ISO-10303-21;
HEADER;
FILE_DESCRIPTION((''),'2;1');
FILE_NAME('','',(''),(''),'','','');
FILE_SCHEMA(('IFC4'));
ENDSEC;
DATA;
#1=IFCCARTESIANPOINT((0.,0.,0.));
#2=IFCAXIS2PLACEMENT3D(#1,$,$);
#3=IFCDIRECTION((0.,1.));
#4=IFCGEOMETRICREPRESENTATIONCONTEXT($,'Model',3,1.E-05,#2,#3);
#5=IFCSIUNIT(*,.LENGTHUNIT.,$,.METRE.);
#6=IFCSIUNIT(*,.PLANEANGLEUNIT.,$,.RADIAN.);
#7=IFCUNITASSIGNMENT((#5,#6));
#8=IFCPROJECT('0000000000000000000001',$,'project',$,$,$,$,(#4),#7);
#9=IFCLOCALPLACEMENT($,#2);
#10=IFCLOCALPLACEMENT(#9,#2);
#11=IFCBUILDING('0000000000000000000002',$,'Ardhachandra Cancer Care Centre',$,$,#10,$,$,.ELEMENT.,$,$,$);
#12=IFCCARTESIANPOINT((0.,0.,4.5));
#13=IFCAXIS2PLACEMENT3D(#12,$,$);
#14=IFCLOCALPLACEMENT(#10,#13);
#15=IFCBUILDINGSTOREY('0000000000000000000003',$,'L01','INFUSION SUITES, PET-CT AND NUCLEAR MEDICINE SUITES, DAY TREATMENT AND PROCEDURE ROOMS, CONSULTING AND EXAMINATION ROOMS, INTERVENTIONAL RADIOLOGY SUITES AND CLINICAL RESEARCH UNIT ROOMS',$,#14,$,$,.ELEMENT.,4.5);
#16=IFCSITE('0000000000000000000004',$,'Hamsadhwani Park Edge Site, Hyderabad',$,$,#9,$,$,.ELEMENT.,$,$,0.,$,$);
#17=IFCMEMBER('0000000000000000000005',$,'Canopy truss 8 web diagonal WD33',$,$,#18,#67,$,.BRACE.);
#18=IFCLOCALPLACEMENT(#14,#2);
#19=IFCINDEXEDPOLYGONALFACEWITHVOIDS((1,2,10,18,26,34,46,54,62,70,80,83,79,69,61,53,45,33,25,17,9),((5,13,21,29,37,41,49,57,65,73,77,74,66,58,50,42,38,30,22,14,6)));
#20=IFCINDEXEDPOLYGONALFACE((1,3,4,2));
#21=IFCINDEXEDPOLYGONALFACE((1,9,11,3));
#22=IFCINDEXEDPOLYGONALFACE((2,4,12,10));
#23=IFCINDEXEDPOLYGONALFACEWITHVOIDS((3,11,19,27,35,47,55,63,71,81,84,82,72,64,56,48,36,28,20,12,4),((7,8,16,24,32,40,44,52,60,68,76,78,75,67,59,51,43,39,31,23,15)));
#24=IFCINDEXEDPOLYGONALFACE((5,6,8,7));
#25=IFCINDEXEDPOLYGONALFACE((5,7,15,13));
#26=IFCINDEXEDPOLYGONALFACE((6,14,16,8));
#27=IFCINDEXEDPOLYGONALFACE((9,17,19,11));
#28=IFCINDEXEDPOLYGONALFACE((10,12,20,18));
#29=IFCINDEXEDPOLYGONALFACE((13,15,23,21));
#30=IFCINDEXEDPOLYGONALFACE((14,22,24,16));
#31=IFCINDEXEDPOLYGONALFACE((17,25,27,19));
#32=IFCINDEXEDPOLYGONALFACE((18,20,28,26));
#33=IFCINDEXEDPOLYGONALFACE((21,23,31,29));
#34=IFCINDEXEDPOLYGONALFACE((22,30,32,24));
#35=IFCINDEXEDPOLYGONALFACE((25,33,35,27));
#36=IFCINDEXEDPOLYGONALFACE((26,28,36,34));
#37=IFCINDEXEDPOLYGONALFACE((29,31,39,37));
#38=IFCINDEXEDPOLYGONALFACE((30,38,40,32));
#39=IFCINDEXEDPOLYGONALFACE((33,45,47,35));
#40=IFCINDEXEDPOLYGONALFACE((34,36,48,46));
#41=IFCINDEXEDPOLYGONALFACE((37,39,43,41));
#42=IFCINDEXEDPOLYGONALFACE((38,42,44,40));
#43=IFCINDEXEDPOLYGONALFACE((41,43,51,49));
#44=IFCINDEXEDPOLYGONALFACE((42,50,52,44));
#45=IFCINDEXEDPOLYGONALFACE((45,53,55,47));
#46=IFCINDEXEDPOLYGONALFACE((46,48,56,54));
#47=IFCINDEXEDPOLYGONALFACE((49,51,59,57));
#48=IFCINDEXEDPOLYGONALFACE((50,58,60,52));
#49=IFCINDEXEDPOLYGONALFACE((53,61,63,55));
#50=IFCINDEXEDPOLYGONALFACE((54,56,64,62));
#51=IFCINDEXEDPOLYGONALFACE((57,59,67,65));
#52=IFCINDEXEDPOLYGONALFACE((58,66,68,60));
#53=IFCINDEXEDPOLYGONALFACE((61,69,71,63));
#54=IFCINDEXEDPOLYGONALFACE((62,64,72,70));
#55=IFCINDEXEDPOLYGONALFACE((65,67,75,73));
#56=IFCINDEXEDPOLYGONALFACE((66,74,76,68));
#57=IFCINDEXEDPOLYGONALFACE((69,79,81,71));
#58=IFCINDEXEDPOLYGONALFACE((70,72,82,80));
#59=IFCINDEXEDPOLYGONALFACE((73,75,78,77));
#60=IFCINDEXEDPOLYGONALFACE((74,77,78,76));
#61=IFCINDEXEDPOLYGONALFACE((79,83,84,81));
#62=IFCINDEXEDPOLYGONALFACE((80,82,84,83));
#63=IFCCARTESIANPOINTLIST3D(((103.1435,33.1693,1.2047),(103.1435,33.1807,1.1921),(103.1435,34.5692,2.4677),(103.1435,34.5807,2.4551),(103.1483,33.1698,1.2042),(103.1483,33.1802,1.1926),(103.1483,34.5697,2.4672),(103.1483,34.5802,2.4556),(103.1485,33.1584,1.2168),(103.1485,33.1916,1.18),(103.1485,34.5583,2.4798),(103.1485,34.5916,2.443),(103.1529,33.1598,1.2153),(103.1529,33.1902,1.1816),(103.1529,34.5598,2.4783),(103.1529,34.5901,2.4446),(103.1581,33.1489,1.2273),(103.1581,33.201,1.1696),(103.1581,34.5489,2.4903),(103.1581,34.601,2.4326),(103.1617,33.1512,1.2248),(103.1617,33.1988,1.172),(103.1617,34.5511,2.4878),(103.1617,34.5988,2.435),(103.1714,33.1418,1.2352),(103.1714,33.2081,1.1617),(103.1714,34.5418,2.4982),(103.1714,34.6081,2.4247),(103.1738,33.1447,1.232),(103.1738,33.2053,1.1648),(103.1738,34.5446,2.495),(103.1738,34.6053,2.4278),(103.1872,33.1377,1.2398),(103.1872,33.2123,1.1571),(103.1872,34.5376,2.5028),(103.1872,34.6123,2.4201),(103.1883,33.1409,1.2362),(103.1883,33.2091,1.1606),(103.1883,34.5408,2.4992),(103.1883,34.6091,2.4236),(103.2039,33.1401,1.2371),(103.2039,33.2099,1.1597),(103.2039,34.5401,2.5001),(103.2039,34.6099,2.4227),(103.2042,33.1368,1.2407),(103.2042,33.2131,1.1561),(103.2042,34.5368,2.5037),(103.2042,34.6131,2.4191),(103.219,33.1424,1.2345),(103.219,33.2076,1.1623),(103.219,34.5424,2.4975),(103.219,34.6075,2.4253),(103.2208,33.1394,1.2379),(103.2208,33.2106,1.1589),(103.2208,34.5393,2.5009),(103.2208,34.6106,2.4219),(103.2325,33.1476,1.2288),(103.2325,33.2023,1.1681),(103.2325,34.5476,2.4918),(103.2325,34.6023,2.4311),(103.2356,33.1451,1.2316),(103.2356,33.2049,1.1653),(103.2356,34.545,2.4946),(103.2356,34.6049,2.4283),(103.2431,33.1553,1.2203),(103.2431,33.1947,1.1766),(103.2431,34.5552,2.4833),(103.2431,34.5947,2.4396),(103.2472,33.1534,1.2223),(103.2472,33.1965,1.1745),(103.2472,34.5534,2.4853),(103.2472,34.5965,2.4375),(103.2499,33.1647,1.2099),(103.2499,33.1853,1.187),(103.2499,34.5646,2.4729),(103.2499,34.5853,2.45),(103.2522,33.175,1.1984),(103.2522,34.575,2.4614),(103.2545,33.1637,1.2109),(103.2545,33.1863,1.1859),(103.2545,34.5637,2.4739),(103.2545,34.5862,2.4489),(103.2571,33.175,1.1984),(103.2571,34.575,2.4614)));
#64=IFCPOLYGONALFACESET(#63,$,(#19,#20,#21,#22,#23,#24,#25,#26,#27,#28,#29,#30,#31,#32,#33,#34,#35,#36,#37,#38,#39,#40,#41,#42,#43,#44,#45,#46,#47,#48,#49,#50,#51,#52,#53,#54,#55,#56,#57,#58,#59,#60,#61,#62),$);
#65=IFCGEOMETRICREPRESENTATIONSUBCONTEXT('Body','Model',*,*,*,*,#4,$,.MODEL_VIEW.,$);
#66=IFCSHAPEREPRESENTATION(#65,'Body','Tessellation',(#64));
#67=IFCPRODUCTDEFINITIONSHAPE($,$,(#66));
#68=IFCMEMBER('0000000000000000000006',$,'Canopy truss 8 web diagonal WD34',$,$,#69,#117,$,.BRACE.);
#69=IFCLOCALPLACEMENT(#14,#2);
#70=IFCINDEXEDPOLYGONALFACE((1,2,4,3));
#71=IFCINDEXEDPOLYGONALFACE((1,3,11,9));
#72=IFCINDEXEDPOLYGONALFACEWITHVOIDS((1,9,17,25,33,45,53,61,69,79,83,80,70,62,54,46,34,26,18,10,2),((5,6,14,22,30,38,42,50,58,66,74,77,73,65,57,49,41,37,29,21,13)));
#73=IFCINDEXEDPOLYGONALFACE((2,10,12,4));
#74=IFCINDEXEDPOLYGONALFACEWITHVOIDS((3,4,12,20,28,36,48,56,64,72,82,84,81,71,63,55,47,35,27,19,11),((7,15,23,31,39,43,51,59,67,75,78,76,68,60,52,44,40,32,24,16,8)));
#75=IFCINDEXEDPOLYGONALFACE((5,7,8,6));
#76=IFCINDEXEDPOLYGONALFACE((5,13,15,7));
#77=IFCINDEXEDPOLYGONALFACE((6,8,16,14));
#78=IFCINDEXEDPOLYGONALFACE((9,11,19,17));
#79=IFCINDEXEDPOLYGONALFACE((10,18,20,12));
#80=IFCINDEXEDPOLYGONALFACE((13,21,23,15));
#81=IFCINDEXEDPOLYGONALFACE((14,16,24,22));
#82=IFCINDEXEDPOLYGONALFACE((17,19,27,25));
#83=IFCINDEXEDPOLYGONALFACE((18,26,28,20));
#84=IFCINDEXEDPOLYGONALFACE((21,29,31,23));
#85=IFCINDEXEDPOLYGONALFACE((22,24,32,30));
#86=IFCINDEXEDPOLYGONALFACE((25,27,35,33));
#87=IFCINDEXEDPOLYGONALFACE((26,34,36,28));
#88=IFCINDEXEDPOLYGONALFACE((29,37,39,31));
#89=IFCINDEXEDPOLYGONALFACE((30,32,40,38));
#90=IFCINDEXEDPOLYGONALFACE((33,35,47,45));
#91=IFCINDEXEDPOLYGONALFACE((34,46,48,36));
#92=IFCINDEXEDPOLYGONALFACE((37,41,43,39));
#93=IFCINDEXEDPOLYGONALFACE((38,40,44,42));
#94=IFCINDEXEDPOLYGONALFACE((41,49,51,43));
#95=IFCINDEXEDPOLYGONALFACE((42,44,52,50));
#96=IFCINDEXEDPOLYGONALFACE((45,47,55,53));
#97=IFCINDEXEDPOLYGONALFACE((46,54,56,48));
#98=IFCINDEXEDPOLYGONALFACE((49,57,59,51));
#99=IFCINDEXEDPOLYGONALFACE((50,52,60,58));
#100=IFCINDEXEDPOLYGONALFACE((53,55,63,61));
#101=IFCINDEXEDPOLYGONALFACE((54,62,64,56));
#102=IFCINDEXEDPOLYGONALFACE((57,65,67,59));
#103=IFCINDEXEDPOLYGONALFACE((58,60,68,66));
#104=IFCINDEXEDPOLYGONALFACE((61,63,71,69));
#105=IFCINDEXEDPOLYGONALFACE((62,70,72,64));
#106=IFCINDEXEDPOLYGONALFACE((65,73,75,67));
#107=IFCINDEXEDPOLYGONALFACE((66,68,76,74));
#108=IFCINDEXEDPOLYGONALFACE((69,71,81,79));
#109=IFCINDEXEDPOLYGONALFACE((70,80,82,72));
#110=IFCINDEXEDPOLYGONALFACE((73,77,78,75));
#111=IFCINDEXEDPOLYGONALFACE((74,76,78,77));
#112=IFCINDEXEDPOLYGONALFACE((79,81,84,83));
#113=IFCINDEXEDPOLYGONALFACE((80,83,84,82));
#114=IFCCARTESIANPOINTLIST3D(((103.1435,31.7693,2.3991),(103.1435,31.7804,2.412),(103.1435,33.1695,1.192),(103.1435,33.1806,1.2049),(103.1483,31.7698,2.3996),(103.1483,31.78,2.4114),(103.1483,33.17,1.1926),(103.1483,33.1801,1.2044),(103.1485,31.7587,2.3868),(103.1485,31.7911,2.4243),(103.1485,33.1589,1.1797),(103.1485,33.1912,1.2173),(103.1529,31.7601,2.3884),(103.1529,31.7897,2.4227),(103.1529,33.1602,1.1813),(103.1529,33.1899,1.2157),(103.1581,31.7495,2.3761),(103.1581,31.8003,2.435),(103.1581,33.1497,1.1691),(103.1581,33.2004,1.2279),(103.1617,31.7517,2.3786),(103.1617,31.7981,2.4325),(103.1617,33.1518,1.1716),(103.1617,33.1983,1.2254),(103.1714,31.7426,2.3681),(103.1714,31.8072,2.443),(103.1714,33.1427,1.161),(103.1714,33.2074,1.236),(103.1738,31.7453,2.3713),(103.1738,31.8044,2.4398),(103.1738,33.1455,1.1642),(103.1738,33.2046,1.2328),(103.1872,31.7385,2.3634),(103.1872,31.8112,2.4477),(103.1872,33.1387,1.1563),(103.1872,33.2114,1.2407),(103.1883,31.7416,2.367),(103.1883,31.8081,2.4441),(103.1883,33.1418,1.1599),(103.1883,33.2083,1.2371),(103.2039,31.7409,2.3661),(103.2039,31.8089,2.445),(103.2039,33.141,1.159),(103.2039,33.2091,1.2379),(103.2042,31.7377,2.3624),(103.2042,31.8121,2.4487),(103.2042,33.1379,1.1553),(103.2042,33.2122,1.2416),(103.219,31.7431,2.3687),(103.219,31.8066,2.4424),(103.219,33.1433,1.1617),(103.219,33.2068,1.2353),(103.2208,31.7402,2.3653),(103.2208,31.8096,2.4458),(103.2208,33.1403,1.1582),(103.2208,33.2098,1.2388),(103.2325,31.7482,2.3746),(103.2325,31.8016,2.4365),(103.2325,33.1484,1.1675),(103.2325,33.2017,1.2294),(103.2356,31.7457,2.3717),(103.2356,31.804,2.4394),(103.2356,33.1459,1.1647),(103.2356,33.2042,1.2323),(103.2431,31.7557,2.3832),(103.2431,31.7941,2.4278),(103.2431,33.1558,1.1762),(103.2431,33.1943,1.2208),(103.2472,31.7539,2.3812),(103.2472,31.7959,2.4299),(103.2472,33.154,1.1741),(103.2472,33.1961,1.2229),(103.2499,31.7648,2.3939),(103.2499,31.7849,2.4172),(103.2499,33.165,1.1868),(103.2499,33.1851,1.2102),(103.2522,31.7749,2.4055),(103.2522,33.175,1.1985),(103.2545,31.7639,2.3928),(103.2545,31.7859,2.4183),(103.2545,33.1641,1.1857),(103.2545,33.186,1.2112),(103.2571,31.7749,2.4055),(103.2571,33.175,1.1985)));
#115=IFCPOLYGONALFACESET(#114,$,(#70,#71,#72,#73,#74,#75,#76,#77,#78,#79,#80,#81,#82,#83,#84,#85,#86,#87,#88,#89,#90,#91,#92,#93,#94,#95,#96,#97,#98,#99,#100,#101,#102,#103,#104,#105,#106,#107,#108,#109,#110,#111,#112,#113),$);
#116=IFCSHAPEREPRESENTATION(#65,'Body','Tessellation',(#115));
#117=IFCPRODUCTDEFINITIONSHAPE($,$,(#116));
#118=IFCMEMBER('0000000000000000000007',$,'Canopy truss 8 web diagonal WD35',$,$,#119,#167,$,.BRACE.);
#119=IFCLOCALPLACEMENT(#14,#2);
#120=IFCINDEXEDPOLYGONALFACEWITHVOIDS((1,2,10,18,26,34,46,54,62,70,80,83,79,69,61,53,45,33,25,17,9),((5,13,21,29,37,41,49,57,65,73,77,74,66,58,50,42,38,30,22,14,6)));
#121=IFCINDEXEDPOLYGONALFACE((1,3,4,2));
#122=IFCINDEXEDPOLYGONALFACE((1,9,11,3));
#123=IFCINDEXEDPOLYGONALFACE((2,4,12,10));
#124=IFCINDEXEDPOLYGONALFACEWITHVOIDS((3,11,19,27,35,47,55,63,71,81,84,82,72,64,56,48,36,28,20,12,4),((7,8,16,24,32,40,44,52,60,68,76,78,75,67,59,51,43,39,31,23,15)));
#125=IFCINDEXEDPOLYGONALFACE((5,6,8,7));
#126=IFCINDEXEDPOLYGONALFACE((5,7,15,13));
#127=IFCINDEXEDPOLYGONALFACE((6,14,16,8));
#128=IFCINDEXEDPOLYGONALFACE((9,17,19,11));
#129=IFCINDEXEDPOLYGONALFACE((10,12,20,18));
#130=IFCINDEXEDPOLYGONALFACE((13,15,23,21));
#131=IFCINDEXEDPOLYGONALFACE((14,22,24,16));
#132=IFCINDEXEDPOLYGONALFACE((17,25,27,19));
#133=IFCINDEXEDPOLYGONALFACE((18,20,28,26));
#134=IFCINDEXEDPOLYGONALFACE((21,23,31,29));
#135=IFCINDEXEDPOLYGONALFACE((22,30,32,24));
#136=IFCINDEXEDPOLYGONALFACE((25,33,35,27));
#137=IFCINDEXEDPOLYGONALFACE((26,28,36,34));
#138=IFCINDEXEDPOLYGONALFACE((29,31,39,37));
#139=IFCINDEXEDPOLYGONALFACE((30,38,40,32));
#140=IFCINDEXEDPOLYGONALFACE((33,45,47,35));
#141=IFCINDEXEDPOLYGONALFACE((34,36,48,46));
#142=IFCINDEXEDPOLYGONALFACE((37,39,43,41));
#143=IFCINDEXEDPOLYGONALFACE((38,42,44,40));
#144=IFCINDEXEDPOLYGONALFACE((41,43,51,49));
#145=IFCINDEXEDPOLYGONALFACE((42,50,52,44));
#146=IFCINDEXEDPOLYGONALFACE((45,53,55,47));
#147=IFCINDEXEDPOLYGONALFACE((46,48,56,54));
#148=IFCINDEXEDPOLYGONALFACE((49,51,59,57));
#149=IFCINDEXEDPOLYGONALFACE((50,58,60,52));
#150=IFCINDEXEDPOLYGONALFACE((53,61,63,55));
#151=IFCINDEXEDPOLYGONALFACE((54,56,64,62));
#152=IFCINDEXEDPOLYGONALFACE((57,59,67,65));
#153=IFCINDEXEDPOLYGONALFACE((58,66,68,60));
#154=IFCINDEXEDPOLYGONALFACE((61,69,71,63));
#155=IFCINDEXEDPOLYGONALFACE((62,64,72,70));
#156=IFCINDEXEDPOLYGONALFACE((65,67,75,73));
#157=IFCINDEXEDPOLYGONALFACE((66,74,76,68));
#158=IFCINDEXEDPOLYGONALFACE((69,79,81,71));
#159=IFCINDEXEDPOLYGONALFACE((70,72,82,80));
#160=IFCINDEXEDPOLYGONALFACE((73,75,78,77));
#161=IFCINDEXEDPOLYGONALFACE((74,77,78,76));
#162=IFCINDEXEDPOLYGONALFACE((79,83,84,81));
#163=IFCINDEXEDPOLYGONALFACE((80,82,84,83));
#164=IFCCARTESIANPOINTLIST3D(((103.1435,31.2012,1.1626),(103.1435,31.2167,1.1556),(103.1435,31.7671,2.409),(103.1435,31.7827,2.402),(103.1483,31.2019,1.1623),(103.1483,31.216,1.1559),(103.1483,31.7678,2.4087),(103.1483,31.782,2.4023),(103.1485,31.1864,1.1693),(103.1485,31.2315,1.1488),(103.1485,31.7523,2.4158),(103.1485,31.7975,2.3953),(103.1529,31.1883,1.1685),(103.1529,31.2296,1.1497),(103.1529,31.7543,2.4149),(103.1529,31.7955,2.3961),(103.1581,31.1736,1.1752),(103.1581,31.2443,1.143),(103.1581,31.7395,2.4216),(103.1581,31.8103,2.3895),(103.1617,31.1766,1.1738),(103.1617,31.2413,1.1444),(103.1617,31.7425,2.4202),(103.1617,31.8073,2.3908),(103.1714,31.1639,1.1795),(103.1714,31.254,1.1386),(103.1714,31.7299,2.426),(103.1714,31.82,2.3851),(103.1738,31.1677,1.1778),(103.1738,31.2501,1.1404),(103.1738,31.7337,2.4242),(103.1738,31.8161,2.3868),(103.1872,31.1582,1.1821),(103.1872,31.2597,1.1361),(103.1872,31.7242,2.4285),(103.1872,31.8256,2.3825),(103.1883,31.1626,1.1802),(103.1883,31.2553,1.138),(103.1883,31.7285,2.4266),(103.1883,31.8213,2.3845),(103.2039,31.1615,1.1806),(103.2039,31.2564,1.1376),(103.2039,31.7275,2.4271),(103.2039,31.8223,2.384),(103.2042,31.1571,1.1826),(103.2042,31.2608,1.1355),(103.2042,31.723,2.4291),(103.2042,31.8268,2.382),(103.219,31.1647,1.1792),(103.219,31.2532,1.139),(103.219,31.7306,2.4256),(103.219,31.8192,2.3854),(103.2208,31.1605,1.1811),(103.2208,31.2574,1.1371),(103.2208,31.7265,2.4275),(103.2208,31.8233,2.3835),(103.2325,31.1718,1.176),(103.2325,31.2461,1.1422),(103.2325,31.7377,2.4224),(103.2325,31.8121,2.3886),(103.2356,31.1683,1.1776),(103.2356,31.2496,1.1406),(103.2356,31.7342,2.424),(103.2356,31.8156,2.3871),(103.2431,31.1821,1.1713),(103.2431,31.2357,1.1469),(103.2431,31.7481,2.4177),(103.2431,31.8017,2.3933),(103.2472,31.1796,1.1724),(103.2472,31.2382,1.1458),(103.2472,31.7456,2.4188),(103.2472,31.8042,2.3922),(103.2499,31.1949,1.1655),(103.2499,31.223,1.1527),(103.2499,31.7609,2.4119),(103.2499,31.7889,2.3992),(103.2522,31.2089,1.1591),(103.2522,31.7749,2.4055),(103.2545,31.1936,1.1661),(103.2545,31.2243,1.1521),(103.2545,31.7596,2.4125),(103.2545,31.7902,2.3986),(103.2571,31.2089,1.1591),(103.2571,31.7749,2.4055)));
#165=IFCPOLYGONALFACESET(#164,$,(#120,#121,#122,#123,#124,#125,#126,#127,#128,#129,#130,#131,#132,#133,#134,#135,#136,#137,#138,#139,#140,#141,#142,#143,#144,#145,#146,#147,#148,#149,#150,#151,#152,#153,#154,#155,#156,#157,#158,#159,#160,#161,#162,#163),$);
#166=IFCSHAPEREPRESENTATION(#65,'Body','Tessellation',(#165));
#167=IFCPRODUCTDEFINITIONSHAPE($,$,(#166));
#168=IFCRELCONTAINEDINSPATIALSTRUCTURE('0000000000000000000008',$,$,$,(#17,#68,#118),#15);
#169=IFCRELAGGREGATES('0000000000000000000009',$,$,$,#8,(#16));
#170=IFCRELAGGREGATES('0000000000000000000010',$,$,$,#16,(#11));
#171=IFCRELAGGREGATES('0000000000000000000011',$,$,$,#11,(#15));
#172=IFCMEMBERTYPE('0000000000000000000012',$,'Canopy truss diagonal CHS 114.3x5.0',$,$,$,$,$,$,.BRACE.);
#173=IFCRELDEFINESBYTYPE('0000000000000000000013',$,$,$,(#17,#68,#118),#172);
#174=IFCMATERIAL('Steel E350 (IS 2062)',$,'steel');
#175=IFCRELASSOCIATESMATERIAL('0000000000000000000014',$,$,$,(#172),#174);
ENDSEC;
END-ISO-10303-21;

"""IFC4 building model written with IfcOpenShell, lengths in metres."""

from ifc_helpers import new_model, si_unit, direction, frame, origin, origin_2d, place, context, subcontext, project, spatial, hollow_circle, extrude, material, material_profile, profile_set, type_object, element, save


model = new_model("IFC4")

# Units and contexts
model_context = context("Model", 3, precision=1e-05, world=origin(), true_north=direction((0.0, 1.0)))
body_context = subcontext(model_context, "Body", "Model", "MODEL_VIEW")
ifc_project = project(units=[si_unit("LENGTHUNIT", "METRE"), si_unit("PLANEANGLEUNIT", "RADIAN")], contexts=[model_context])

# Site, building, storey
site_placement = place(None, origin())
site = spatial("IfcSite", under=ifc_project, at=site_placement, Name="Hamsadhwani Park Edge Site, Hyderabad", CompositionType="ELEMENT", RefElevation=0.0)
building_placement = place(site_placement, origin())
building = spatial("IfcBuilding", under=site, at=building_placement, Name="Ardhachandra Cancer Care Centre", CompositionType="ELEMENT")
storey_placement = place(building_placement, frame((0.0, 0.0, 4.5)))
storey = spatial("IfcBuildingStorey", under=building, at=storey_placement, Name="L01", Description="INFUSION SUITES, PET-CT AND NUCLEAR MEDICINE SUITES, DAY TREATMENT AND PROCEDURE ROOMS, CONSULTING AND EXAMINATION ROOMS, INTERVENTIONAL RADIOLOGY SUITES AND CLINICAL RESEARCH UNIT ROOMS", CompositionType="ELEMENT", Elevation=4.5)

# Members
ifc_material_1 = material(Name="Steel E350 (IS 2062)", Category="steel")
ifc_material_profile_1 = material_profile(ifc_material_1, hollow_circle(Radius=0.0571, WallThickness=0.0049, at=origin_2d()), Name="CHS 114.3x5.0")
ifc_profile_set_1 = profile_set([ifc_material_profile_1], Name="Steel E350 (IS 2062)")
member_type_1 = type_object("IfcMemberType", Name="Canopy truss diagonal CHS 114.3x5.0", PredefinedType="BRACE", material=ifc_profile_set_1)
member_1_placement = place(storey_placement, frame((103.2, 34.575, 2.4614), z_axis=(0.0, -0.742495, -0.669851), x_axis=(1.0, 0.0, 0.0)))
element("IfcMember", 1, at=member_1_placement, inside=storey, type_object=member_type_1, Name="Canopy truss 8 web diagonal WD33", PredefinedType="BRACE", context=body_context, shape_type="SweptSolid", body=[
    extrude(hollow_circle(Radius=0.0571, WallThickness=0.0049, at=origin_2d()), origin(), (0.0, 0.0, 1.0), 1.8855),
])
member_2_placement = place(storey_placement, frame((103.2, 33.175, 1.1985), z_axis=(0.0, -0.757408, 0.652942), x_axis=(1.0, 0.0, 0.0)))
element("IfcMember", 2, at=member_2_placement, inside=storey, type_object=member_type_1, Name="Canopy truss 8 web diagonal WD34", PredefinedType="BRACE", context=body_context, shape_type="SweptSolid", body=[
    extrude(hollow_circle(Radius=0.0571, WallThickness=0.0049, at=origin_2d()), origin(), (0.0, 0.0, 1.0), 1.8486),
])
member_3_placement = place(storey_placement, frame((103.2, 31.7749, 2.4055), z_axis=(0.0, -0.41344, -0.910531), x_axis=(1.0, 0.0, 0.0)))
element("IfcMember", 3, at=member_3_placement, inside=storey, type_object=member_type_1, Name="Canopy truss 8 web diagonal WD35", PredefinedType="BRACE", context=body_context, shape_type="SweptSolid", body=[
    extrude(hollow_circle(Radius=0.0571, WallThickness=0.0049, at=origin_2d()), origin(), (0.0, 0.0, 1.0), 1.3689),
])

save(model, "model.ifc")
